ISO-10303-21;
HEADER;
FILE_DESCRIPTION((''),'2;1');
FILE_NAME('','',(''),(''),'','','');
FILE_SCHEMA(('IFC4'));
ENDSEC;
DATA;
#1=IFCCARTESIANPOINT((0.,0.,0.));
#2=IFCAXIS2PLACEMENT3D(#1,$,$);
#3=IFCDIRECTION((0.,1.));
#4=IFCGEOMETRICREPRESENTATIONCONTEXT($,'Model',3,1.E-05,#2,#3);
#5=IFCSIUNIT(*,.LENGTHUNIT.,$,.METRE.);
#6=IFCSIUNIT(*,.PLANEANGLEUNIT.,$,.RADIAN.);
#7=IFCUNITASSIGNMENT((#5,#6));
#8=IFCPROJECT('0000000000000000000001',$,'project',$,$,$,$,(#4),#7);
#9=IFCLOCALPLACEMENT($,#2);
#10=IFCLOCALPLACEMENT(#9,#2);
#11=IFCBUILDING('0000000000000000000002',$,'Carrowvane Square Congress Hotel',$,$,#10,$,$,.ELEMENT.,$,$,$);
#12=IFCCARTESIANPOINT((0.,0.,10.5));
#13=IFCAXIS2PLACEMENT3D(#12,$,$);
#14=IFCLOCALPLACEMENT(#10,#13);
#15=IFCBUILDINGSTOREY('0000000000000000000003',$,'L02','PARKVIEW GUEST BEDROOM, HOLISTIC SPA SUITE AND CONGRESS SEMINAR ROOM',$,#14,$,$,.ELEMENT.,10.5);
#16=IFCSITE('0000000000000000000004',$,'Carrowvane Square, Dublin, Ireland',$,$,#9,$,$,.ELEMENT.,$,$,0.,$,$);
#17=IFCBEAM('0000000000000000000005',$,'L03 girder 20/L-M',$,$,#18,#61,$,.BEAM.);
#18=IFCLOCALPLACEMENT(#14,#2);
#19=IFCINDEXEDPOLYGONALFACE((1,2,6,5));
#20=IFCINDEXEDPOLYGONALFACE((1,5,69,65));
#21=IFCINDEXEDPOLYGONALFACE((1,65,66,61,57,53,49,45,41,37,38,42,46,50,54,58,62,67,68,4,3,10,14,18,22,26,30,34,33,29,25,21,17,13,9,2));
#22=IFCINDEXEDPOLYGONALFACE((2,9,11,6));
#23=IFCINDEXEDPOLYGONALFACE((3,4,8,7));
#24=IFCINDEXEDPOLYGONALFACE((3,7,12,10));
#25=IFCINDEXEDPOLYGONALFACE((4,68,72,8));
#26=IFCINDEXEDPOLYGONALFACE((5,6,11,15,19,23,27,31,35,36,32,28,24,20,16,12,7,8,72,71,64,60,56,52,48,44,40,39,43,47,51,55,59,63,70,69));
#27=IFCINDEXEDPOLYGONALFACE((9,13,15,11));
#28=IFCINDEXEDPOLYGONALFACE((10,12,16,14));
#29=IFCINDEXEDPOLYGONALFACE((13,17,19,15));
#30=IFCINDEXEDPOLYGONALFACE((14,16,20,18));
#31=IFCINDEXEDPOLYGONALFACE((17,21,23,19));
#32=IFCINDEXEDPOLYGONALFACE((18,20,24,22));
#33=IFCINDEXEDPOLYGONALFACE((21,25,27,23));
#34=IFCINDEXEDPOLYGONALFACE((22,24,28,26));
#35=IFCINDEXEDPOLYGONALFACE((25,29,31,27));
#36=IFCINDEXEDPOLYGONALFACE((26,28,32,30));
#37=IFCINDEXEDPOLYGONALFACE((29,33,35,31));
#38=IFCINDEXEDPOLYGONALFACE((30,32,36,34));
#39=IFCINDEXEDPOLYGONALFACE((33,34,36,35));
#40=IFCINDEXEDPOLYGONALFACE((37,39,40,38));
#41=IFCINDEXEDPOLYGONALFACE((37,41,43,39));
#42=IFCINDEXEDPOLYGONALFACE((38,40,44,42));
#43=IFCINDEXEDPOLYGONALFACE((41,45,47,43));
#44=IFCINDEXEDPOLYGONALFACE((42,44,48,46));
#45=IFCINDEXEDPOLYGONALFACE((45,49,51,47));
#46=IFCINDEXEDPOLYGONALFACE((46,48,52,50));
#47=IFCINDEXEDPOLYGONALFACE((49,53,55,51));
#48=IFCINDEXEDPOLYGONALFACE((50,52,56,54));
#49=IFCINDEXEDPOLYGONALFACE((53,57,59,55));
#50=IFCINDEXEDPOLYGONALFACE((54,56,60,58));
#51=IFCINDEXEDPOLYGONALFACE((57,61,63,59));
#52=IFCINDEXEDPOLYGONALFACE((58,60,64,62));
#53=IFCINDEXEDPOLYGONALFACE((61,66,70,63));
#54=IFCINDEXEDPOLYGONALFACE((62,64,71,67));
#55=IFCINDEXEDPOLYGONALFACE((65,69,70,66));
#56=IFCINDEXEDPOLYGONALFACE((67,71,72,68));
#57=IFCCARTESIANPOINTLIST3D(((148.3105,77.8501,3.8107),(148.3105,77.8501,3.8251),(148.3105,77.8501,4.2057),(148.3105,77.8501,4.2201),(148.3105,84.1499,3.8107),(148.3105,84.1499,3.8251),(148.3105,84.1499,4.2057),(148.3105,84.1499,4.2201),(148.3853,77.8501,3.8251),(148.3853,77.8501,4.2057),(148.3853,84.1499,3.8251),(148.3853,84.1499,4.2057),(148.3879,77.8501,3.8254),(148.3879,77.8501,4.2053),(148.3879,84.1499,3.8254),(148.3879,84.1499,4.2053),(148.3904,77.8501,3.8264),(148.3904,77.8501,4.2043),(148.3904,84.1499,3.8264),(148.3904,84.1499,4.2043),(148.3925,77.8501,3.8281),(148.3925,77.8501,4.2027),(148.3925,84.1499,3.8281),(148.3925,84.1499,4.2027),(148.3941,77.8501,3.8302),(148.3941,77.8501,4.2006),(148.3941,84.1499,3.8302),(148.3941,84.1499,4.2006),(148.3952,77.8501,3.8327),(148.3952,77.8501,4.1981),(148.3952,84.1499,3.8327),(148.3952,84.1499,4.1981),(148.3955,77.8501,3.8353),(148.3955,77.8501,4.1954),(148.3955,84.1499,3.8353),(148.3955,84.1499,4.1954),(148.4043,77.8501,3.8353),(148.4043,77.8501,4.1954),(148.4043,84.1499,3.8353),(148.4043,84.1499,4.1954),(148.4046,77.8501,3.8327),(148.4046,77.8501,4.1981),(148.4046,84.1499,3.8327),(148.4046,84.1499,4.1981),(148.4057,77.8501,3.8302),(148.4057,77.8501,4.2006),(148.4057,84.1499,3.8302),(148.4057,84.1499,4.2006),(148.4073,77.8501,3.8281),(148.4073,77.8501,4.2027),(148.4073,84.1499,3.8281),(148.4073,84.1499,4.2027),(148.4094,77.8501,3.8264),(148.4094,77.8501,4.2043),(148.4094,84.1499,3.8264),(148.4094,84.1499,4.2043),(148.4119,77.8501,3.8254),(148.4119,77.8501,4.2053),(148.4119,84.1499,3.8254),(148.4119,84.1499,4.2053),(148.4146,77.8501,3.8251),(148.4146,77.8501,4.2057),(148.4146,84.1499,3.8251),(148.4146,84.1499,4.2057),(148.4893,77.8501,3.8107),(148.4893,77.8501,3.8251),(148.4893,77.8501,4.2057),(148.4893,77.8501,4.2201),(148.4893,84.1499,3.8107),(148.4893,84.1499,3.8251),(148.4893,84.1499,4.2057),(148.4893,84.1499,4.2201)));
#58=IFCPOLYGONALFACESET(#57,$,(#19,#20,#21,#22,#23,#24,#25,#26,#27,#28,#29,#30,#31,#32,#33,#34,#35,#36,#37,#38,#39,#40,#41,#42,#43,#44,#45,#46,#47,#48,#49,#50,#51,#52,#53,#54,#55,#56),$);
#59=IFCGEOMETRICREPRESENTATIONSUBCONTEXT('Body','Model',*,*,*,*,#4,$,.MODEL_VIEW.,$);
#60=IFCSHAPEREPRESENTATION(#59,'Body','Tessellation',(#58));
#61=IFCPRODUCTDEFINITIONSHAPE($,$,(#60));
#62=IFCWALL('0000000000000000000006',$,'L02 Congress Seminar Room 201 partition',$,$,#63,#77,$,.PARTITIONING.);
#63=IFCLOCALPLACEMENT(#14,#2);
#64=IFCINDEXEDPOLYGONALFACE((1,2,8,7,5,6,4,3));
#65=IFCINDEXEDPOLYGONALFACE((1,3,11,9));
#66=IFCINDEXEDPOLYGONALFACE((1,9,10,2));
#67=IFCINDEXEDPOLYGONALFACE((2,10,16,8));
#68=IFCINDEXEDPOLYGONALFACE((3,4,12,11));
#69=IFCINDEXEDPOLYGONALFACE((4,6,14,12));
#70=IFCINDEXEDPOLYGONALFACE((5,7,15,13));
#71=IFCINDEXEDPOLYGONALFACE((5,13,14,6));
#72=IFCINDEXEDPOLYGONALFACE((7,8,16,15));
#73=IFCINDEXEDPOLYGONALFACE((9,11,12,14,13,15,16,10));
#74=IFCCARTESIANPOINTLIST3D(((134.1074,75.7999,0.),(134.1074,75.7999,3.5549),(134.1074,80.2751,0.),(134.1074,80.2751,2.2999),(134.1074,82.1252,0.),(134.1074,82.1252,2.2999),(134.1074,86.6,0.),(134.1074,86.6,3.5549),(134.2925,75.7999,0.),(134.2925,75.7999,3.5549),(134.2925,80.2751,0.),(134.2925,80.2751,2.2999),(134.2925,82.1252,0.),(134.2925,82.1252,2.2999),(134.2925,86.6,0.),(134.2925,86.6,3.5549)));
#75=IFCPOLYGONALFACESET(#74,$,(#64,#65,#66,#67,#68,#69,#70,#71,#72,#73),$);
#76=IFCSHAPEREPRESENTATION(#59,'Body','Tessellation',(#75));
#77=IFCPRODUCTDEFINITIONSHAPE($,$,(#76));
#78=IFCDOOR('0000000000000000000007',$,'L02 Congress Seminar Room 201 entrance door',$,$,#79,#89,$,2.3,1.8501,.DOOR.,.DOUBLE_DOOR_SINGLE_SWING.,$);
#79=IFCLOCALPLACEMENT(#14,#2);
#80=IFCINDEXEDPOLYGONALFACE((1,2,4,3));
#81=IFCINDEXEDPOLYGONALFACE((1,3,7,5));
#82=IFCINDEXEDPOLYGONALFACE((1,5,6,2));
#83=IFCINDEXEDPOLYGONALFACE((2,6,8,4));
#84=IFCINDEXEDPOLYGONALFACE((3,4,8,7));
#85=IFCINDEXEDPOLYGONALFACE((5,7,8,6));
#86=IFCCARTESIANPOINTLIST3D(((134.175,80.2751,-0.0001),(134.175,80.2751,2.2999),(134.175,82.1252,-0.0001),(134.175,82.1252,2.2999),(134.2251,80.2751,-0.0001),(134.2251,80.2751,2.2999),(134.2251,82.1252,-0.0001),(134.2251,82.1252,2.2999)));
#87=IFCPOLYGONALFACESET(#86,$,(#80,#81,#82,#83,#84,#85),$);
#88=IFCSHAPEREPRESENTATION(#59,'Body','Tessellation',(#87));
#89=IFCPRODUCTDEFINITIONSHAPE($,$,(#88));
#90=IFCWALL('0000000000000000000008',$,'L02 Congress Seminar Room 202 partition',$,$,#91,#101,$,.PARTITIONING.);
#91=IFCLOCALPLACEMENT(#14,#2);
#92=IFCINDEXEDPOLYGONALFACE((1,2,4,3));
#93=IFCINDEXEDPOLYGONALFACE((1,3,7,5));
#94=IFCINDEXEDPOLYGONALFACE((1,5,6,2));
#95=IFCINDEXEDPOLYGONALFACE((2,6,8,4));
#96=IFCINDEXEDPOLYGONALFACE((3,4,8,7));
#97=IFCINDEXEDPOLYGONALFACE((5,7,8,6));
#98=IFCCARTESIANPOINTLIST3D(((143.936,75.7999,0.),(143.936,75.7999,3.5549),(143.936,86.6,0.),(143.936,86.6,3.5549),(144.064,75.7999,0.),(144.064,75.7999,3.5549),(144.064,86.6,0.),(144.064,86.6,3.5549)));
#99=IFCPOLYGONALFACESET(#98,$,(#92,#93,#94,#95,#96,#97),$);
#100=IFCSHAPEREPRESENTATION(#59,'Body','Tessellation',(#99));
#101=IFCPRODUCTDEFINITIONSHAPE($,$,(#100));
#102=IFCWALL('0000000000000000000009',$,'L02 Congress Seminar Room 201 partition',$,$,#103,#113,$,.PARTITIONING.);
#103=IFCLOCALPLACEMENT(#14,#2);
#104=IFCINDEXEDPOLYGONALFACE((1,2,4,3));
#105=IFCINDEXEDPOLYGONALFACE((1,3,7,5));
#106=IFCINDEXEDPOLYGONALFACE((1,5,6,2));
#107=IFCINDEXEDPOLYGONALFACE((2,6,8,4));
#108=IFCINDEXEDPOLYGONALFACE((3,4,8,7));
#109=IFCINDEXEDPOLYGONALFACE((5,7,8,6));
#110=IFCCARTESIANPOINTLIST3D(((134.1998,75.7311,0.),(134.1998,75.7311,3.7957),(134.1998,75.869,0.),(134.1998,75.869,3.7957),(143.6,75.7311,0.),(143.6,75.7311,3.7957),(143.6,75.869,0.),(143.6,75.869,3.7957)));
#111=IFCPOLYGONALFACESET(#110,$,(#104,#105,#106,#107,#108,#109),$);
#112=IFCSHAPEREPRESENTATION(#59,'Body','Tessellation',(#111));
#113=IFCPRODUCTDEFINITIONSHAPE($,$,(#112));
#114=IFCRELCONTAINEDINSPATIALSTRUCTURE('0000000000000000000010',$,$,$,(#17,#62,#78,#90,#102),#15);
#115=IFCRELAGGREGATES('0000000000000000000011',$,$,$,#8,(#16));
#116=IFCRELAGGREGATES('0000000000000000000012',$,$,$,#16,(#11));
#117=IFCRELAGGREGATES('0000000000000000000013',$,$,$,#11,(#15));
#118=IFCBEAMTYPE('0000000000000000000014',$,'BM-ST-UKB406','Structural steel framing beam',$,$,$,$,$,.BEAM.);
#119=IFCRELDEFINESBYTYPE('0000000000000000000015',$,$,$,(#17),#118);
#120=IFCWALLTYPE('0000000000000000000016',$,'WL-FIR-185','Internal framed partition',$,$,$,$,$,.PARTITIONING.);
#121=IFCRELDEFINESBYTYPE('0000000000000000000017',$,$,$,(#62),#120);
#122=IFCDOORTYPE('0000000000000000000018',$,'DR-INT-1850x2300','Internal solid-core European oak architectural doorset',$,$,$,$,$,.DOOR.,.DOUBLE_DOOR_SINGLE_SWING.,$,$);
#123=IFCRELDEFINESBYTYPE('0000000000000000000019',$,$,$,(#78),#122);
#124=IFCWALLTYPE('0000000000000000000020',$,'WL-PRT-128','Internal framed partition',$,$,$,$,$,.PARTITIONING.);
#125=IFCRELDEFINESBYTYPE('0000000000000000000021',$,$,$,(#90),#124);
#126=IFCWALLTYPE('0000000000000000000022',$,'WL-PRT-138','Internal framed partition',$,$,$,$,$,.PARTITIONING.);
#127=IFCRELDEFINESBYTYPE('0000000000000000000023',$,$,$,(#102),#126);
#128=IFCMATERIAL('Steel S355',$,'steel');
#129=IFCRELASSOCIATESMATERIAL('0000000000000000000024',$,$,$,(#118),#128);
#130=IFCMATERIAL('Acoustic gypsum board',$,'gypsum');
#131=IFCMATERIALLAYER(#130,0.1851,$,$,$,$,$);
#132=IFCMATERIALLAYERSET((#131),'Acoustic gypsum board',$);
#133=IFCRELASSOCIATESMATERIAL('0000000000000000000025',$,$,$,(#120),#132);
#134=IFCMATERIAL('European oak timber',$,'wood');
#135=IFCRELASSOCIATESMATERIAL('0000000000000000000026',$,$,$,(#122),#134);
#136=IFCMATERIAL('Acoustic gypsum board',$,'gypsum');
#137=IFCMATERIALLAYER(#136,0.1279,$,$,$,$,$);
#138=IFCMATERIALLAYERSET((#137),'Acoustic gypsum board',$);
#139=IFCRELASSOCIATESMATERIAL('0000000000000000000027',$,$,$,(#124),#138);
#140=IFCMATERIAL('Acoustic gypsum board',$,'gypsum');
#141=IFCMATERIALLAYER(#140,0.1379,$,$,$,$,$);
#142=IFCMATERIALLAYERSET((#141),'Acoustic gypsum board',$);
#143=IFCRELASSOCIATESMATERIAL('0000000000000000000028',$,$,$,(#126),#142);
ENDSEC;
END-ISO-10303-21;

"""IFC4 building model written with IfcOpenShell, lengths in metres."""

from ifc_helpers import new_model, si_unit, direction, frame, frame_2d, origin, origin_2d, place, context, subcontext, project, spatial, rectangle, i_section, extrude, material, layer, layer_set, material_profile, profile_set, type_object, element, fill, save


model = new_model("IFC4")

# Units and contexts
model_context = context("Model", 3, precision=1e-05, world=origin(), true_north=direction((0.0, 1.0)))
body_context = subcontext(model_context, "Body", "Model", "MODEL_VIEW")
ifc_project = project(units=[si_unit("LENGTHUNIT", "METRE"), si_unit("PLANEANGLEUNIT", "RADIAN")], contexts=[model_context])

# Site, building, storey
site_placement = place(None, origin())
site = spatial("IfcSite", under=ifc_project, at=site_placement, Name="Carrowvane Square, Dublin, Ireland", CompositionType="ELEMENT", RefElevation=0.0)
building_placement = place(site_placement, origin())
building = spatial("IfcBuilding", under=site, at=building_placement, Name="Carrowvane Square Congress Hotel", CompositionType="ELEMENT")
storey_placement = place(building_placement, frame((0.0, 0.0, 10.5)))
storey = spatial("IfcBuildingStorey", under=building, at=storey_placement, Name="L02", Description="PARKVIEW GUEST BEDROOM, HOLISTIC SPA SUITE AND CONGRESS SEMINAR ROOM", CompositionType="ELEMENT", Elevation=10.5)

# Beam
ifc_material_1 = material(Name="Steel S355", Category="steel")
ifc_material_profile_1 = material_profile(ifc_material_1, i_section(OverallWidth=0.1787, OverallDepth=0.4094, WebThickness=0.0088, FlangeThickness=0.0144, FilletRadius=0.0103, at=origin_2d()), Name="UKB 406x178x67")
ifc_profile_set_1 = profile_set([ifc_material_profile_1], Name="Steel S355")
beam_type_1 = type_object("IfcBeamType", Name="BM-ST-UKB406", Description="Structural steel framing beam", PredefinedType="BEAM", material=ifc_profile_set_1)
beam_1_placement = place(storey_placement, frame((148.3999, 77.8501, 4.0154), z_axis=(0.0, 1.0, 0.0), x_axis=(-1.0, 0.0, 0.0)))
element("IfcBeam", 1, at=beam_1_placement, inside=storey, type_object=beam_type_1, Name="L03 girder 20/L-M", PredefinedType="BEAM", context=body_context, shape_type="SweptSolid", body=[
    extrude(i_section(OverallWidth=0.1787, OverallDepth=0.4094, WebThickness=0.0088, FlangeThickness=0.0144, FilletRadius=0.0103, at=origin_2d()), origin(), (0.0, 0.0, 1.0), 6.2998),
])

# Wall, opening, door
ifc_material_2 = material(Name="Acoustic gypsum board", Category="gypsum")
ifc_layer_1 = layer(ifc_material_2, 0.1851)
ifc_layer_set_1 = layer_set([ifc_layer_1], Name="Acoustic gypsum board")
wall_type_1 = type_object("IfcWallType", Name="WL-FIR-185", Description="Internal framed partition", PredefinedType="PARTITIONING", material=ifc_layer_set_1)
wall_1_placement = place(storey_placement, frame((134.2, 75.8, 0.0), z_axis=(0.0, 0.0, 1.0), x_axis=(0.0, 1.0, 0.0)))
wall_1 = element("IfcWall", 2, at=wall_1_placement, inside=storey, type_object=wall_type_1, Name="L02 Congress Seminar Room 201 partition", PredefinedType="PARTITIONING", context=body_context, shape_type="SweptSolid", body=[
    extrude(rectangle(XDim=10.8, YDim=0.1851, at=frame_2d((5.3999, 0.0))), origin(), (0.0, 0.0, 1.0), 3.5549),
])
opening_placement = place(wall_1_placement, frame((4.4751, 0.0, 0.0)))
opening = element("IfcOpeningElement", 3, at=opening_placement, cuts=wall_1, PredefinedType="OPENING", context=body_context, shape_type="SweptSolid", body=[
    extrude(rectangle(XDim=1.8501, YDim=2.3, at=frame_2d((0.925, 1.1499))), frame((0.0, 0.1025, 0.0), z_axis=(0.0, -1.0, 0.0), x_axis=(1.0, 0.0, 0.0)), (0.0, 0.0, 1.0), 0.2051),
])
ifc_material_3 = material(Name="European oak timber", Category="wood")
door_type = type_object("IfcDoorType", Name="DR-INT-1850x2300", Description="Internal solid-core European oak architectural doorset", OperationType="DOUBLE_DOOR_SINGLE_SWING", PredefinedType="DOOR", material=ifc_material_3)
door_placement = place(opening_placement, origin())
door = element("IfcDoor", 4, at=door_placement, inside=storey, type_object=door_type, Name="L02 Congress Seminar Room 201 entrance door", OperationType="DOUBLE_DOOR_SINGLE_SWING", OverallHeight=2.3, OverallWidth=1.8501, PredefinedType="DOOR", context=body_context, shape_type="SweptSolid", body=[
    extrude(rectangle(XDim=1.8501, YDim=2.3, at=frame_2d((0.925, 1.1499))), frame((0.0, 0.0249, 0.0), z_axis=(0.0, -1.0, 0.0), x_axis=(1.0, 0.0, 0.0)), (0.0, 0.0, 1.0), 0.05),
])
fill(opening, door)

# Walls
ifc_material_4 = material(Name="Acoustic gypsum board", Category="gypsum")
ifc_layer_2 = layer(ifc_material_4, 0.1279)
ifc_layer_set_2 = layer_set([ifc_layer_2], Name="Acoustic gypsum board")
wall_type_2 = type_object("IfcWallType", Name="WL-PRT-128", Description="Internal framed partition", PredefinedType="PARTITIONING", material=ifc_layer_set_2)
wall_2_placement = place(storey_placement, frame((144.0, 75.8, 0.0), z_axis=(0.0, 0.0, 1.0), x_axis=(0.0, 1.0, 0.0)))
element("IfcWall", 5, at=wall_2_placement, inside=storey, type_object=wall_type_2, Name="L02 Congress Seminar Room 202 partition", PredefinedType="PARTITIONING", context=body_context, shape_type="SweptSolid", body=[
    extrude(rectangle(XDim=10.8, YDim=0.1279, at=frame_2d((5.3999, 0.0))), origin(), (0.0, 0.0, 1.0), 3.5549),
])
ifc_material_5 = material(Name="Acoustic gypsum board", Category="gypsum")
ifc_layer_3 = layer(ifc_material_5, 0.1379)
ifc_layer_set_3 = layer_set([ifc_layer_3], Name="Acoustic gypsum board")
wall_type_3 = type_object("IfcWallType", Name="WL-PRT-138", Description="Internal framed partition", PredefinedType="PARTITIONING", material=ifc_layer_set_3)
wall_3_placement = place(storey_placement, frame((143.6001, 75.8, 0.0), z_axis=(0.0, 0.0, 1.0), x_axis=(-1.0, 0.0, 0.0)))
element("IfcWall", 6, at=wall_3_placement, inside=storey, type_object=wall_type_3, Name="L02 Congress Seminar Room 201 partition", PredefinedType="PARTITIONING", context=body_context, shape_type="SweptSolid", body=[
    extrude(rectangle(XDim=9.4001, YDim=0.1379, at=frame_2d((4.7002, 0.0))), origin(), (0.0, 0.0, 1.0), 3.7957),
])

save(model, "model.ifc")
